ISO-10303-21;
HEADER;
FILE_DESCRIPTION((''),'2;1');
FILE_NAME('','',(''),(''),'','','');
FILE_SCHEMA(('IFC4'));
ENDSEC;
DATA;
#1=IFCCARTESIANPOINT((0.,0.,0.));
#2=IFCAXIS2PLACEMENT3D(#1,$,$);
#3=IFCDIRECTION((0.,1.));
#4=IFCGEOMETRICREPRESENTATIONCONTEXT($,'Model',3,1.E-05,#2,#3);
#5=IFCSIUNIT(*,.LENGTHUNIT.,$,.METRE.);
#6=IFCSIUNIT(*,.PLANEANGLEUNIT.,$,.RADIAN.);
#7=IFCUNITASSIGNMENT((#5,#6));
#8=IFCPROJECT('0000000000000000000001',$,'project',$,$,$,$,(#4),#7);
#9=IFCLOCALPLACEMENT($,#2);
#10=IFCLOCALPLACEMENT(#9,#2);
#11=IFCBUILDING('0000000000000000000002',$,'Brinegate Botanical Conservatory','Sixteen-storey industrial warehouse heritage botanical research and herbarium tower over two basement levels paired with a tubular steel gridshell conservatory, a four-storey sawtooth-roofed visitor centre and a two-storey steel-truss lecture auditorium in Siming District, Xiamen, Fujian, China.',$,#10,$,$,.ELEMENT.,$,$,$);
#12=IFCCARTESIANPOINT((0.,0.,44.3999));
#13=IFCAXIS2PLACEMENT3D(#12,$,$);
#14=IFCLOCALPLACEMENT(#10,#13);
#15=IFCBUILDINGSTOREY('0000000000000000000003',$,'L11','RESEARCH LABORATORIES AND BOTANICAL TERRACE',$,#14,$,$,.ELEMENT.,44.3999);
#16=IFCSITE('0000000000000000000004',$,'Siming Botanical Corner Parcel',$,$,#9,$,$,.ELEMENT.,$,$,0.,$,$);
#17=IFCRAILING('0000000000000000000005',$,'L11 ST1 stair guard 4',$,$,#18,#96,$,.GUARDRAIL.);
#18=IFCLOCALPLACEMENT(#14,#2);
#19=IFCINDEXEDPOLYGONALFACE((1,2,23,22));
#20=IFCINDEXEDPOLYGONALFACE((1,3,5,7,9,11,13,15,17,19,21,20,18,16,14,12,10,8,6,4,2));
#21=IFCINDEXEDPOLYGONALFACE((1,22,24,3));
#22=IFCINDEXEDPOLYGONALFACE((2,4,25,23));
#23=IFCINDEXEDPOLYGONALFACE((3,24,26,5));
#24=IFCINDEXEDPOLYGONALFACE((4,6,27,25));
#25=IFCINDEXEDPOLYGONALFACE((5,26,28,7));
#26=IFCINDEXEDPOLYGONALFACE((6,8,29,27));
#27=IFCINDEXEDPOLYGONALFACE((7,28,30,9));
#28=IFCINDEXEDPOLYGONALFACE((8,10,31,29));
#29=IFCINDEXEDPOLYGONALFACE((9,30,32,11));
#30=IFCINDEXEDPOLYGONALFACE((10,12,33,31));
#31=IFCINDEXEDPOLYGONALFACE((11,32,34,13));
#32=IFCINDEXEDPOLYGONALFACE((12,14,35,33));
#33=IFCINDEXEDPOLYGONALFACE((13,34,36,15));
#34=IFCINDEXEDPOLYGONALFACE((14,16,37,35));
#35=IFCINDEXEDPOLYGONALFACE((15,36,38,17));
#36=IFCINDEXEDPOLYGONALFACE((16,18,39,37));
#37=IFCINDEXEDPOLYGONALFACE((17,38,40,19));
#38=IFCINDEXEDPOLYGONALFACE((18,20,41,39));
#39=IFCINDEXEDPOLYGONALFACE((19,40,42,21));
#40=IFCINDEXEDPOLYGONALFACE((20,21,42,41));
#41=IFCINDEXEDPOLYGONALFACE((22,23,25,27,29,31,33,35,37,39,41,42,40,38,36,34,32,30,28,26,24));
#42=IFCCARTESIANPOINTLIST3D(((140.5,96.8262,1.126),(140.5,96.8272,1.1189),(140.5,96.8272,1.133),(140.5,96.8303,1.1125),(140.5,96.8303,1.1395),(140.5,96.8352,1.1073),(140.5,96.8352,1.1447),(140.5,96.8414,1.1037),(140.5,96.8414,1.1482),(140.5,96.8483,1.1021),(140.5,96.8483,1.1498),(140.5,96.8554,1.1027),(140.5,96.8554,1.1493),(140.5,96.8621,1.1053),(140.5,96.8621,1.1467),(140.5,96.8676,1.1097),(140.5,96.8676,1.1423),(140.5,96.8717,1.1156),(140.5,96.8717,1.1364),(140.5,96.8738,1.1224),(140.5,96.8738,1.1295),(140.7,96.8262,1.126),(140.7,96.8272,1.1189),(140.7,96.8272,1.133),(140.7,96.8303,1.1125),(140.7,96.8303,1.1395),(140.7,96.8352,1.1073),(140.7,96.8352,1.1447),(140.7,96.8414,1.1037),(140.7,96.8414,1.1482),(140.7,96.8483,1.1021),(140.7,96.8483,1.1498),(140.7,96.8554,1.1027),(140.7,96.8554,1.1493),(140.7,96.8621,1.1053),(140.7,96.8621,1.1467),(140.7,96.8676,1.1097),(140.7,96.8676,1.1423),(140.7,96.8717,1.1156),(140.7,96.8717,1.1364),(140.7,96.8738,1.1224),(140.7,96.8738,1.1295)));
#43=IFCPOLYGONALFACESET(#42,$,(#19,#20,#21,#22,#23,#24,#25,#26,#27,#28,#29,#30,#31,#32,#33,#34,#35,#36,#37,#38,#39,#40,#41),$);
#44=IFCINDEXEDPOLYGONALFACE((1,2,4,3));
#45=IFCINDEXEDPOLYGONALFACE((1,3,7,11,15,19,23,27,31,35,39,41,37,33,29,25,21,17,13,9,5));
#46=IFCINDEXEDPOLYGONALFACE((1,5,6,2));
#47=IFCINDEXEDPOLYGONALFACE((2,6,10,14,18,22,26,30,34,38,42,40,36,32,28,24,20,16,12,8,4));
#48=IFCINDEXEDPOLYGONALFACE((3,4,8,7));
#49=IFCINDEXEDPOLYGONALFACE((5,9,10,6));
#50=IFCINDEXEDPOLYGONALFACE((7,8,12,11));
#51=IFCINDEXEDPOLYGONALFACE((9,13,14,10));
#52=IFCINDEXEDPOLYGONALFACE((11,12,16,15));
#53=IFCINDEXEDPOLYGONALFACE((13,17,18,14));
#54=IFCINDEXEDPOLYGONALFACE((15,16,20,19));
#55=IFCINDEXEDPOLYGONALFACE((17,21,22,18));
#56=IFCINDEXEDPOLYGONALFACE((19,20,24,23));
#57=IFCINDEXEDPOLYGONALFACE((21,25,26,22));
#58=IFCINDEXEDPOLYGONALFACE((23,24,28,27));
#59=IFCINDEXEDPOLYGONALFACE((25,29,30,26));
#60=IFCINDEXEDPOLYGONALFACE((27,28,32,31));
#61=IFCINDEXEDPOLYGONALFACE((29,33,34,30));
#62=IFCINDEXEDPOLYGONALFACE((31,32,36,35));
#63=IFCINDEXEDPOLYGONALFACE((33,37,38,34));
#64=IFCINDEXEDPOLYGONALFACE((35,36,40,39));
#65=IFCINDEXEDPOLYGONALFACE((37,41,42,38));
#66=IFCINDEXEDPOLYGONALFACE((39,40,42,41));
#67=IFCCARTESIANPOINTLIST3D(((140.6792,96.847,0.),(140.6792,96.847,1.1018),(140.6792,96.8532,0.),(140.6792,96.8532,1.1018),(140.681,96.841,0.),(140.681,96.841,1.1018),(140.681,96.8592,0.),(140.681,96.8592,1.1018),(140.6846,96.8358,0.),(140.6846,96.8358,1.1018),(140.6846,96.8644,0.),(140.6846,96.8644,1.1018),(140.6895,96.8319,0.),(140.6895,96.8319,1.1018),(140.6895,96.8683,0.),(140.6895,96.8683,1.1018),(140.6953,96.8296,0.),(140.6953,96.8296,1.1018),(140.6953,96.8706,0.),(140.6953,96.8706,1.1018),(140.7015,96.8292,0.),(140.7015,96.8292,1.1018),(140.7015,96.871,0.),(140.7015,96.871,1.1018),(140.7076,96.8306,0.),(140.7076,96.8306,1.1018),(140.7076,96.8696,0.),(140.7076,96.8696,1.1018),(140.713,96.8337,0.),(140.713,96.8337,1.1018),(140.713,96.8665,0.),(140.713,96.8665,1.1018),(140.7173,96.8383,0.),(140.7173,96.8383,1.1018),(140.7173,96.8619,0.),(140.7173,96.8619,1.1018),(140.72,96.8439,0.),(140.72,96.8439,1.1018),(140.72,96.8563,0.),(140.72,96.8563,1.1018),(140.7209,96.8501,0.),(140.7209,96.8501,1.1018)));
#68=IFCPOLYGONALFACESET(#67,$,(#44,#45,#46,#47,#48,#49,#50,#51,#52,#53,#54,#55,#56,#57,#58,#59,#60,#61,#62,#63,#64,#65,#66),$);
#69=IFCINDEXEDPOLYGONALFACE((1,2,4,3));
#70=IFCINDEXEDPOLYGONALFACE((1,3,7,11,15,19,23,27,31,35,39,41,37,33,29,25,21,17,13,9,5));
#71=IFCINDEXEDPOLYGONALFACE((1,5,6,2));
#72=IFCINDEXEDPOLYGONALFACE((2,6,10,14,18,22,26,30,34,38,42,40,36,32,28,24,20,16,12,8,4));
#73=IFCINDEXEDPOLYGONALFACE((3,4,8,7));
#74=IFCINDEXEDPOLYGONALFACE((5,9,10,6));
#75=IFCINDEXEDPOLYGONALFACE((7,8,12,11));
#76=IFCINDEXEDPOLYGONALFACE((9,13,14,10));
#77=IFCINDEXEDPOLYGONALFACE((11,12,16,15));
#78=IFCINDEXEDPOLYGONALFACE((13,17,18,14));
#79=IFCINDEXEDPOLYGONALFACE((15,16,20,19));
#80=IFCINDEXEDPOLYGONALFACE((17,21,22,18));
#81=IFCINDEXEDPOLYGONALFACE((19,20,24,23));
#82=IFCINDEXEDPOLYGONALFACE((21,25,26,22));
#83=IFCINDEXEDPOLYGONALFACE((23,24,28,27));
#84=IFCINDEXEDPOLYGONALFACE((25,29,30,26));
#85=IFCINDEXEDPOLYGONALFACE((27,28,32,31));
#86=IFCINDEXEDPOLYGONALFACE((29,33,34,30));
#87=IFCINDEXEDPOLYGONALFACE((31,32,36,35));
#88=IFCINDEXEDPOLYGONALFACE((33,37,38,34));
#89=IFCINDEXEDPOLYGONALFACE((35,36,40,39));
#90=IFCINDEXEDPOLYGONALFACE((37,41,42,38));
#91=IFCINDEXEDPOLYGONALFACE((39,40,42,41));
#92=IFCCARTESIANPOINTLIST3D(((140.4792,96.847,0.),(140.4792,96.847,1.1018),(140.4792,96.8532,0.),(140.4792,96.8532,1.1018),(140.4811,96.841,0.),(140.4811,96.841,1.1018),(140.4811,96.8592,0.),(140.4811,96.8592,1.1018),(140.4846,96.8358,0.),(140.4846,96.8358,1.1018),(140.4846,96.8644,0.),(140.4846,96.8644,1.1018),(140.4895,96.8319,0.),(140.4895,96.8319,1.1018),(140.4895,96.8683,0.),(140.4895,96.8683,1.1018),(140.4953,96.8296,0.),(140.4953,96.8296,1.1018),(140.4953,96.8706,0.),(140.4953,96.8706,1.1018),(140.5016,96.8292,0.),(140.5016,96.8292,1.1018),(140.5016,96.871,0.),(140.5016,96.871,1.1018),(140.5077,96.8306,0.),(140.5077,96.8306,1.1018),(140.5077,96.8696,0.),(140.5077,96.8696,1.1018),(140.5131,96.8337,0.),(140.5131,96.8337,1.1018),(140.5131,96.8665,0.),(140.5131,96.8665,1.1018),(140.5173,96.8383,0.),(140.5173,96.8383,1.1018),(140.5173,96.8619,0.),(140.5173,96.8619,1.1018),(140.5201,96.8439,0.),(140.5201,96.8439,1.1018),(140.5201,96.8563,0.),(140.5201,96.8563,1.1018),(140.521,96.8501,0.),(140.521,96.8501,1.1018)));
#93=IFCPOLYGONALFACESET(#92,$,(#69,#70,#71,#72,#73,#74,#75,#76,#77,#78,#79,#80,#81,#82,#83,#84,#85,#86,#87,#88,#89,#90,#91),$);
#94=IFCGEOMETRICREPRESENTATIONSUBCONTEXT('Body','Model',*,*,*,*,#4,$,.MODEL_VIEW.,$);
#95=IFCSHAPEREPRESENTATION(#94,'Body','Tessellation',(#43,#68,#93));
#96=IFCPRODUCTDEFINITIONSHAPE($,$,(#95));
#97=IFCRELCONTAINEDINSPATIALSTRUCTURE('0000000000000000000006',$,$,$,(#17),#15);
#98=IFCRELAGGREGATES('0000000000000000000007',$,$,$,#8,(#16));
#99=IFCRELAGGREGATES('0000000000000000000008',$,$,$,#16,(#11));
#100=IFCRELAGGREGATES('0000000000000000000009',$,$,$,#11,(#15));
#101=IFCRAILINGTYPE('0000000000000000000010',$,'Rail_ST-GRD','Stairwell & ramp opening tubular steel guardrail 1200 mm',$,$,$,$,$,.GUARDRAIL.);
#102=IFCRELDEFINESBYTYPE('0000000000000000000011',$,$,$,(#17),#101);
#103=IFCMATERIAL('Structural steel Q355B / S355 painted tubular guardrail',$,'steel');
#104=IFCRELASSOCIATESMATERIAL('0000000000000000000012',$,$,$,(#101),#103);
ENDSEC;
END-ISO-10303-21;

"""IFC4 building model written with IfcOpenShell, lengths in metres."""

from ifc_helpers import new_model, si_unit, direction, frame, origin, origin_2d, place, context, subcontext, project, spatial, circle, extrude, material, type_object, element, save


model = new_model("IFC4")

# Units and contexts
model_context = context("Model", 3, precision=1e-05, world=origin(), true_north=direction((0.0, 1.0)))
body_context = subcontext(model_context, "Body", "Model", "MODEL_VIEW")
ifc_project = project(units=[si_unit("LENGTHUNIT", "METRE"), si_unit("PLANEANGLEUNIT", "RADIAN")], contexts=[model_context])

# Site, building, storey
site_placement = place(None, origin())
site = spatial("IfcSite", under=ifc_project, at=site_placement, Name="Siming Botanical Corner Parcel", CompositionType="ELEMENT", RefElevation=0.0)
building_placement = place(site_placement, origin())
building = spatial("IfcBuilding", under=site, at=building_placement, Name="Brinegate Botanical Conservatory", Description="Sixteen-storey industrial warehouse heritage botanical research and herbarium tower over two basement levels paired with a tubular steel gridshell conservatory, a four-storey sawtooth-roofed visitor centre and a two-storey steel-truss lecture auditorium in Siming District, Xiamen, Fujian, China.", CompositionType="ELEMENT")
storey_placement = place(building_placement, frame((0.0, 0.0, 44.3999)))
storey = spatial("IfcBuildingStorey", under=building, at=storey_placement, Name="L11", Description="RESEARCH LABORATORIES AND BOTANICAL TERRACE", CompositionType="ELEMENT", Elevation=44.3999)

# Railing
ifc_material_1 = material(Name="Structural steel Q355B / S355 painted tubular guardrail", Category="steel")
railing_type_1 = type_object("IfcRailingType", Name="Rail_ST-GRD", Description="Stairwell & ramp opening tubular steel guardrail 1200 mm", PredefinedType="GUARDRAIL", material=ifc_material_1)
railing_1_placement = place(storey_placement, frame((140.7, 96.8501, 0.0)))
element("IfcRailing", 1, at=railing_1_placement, inside=storey, type_object=railing_type_1, Name="L11 ST1 stair guard 4", PredefinedType="GUARDRAIL", context=body_context, shape_type="SweptSolid", body=[
    extrude(circle(Radius=0.0239, at=origin_2d()), frame((0.0, 0.0, 1.126), z_axis=(-1.0, 0.0, 0.0), x_axis=(0.0, -1.0, 0.0)), (0.0, 0.0, 1.0), 0.2),
    extrude(circle(Radius=0.021, at=origin_2d()), origin(), (0.0, 0.0, 1.0), 1.1018),
    extrude(circle(Radius=0.021, at=origin_2d()), frame((-0.2, 0.0, 0.0)), (0.0, 0.0, 1.0), 1.1018),
])

save(model, "model.ifc")
